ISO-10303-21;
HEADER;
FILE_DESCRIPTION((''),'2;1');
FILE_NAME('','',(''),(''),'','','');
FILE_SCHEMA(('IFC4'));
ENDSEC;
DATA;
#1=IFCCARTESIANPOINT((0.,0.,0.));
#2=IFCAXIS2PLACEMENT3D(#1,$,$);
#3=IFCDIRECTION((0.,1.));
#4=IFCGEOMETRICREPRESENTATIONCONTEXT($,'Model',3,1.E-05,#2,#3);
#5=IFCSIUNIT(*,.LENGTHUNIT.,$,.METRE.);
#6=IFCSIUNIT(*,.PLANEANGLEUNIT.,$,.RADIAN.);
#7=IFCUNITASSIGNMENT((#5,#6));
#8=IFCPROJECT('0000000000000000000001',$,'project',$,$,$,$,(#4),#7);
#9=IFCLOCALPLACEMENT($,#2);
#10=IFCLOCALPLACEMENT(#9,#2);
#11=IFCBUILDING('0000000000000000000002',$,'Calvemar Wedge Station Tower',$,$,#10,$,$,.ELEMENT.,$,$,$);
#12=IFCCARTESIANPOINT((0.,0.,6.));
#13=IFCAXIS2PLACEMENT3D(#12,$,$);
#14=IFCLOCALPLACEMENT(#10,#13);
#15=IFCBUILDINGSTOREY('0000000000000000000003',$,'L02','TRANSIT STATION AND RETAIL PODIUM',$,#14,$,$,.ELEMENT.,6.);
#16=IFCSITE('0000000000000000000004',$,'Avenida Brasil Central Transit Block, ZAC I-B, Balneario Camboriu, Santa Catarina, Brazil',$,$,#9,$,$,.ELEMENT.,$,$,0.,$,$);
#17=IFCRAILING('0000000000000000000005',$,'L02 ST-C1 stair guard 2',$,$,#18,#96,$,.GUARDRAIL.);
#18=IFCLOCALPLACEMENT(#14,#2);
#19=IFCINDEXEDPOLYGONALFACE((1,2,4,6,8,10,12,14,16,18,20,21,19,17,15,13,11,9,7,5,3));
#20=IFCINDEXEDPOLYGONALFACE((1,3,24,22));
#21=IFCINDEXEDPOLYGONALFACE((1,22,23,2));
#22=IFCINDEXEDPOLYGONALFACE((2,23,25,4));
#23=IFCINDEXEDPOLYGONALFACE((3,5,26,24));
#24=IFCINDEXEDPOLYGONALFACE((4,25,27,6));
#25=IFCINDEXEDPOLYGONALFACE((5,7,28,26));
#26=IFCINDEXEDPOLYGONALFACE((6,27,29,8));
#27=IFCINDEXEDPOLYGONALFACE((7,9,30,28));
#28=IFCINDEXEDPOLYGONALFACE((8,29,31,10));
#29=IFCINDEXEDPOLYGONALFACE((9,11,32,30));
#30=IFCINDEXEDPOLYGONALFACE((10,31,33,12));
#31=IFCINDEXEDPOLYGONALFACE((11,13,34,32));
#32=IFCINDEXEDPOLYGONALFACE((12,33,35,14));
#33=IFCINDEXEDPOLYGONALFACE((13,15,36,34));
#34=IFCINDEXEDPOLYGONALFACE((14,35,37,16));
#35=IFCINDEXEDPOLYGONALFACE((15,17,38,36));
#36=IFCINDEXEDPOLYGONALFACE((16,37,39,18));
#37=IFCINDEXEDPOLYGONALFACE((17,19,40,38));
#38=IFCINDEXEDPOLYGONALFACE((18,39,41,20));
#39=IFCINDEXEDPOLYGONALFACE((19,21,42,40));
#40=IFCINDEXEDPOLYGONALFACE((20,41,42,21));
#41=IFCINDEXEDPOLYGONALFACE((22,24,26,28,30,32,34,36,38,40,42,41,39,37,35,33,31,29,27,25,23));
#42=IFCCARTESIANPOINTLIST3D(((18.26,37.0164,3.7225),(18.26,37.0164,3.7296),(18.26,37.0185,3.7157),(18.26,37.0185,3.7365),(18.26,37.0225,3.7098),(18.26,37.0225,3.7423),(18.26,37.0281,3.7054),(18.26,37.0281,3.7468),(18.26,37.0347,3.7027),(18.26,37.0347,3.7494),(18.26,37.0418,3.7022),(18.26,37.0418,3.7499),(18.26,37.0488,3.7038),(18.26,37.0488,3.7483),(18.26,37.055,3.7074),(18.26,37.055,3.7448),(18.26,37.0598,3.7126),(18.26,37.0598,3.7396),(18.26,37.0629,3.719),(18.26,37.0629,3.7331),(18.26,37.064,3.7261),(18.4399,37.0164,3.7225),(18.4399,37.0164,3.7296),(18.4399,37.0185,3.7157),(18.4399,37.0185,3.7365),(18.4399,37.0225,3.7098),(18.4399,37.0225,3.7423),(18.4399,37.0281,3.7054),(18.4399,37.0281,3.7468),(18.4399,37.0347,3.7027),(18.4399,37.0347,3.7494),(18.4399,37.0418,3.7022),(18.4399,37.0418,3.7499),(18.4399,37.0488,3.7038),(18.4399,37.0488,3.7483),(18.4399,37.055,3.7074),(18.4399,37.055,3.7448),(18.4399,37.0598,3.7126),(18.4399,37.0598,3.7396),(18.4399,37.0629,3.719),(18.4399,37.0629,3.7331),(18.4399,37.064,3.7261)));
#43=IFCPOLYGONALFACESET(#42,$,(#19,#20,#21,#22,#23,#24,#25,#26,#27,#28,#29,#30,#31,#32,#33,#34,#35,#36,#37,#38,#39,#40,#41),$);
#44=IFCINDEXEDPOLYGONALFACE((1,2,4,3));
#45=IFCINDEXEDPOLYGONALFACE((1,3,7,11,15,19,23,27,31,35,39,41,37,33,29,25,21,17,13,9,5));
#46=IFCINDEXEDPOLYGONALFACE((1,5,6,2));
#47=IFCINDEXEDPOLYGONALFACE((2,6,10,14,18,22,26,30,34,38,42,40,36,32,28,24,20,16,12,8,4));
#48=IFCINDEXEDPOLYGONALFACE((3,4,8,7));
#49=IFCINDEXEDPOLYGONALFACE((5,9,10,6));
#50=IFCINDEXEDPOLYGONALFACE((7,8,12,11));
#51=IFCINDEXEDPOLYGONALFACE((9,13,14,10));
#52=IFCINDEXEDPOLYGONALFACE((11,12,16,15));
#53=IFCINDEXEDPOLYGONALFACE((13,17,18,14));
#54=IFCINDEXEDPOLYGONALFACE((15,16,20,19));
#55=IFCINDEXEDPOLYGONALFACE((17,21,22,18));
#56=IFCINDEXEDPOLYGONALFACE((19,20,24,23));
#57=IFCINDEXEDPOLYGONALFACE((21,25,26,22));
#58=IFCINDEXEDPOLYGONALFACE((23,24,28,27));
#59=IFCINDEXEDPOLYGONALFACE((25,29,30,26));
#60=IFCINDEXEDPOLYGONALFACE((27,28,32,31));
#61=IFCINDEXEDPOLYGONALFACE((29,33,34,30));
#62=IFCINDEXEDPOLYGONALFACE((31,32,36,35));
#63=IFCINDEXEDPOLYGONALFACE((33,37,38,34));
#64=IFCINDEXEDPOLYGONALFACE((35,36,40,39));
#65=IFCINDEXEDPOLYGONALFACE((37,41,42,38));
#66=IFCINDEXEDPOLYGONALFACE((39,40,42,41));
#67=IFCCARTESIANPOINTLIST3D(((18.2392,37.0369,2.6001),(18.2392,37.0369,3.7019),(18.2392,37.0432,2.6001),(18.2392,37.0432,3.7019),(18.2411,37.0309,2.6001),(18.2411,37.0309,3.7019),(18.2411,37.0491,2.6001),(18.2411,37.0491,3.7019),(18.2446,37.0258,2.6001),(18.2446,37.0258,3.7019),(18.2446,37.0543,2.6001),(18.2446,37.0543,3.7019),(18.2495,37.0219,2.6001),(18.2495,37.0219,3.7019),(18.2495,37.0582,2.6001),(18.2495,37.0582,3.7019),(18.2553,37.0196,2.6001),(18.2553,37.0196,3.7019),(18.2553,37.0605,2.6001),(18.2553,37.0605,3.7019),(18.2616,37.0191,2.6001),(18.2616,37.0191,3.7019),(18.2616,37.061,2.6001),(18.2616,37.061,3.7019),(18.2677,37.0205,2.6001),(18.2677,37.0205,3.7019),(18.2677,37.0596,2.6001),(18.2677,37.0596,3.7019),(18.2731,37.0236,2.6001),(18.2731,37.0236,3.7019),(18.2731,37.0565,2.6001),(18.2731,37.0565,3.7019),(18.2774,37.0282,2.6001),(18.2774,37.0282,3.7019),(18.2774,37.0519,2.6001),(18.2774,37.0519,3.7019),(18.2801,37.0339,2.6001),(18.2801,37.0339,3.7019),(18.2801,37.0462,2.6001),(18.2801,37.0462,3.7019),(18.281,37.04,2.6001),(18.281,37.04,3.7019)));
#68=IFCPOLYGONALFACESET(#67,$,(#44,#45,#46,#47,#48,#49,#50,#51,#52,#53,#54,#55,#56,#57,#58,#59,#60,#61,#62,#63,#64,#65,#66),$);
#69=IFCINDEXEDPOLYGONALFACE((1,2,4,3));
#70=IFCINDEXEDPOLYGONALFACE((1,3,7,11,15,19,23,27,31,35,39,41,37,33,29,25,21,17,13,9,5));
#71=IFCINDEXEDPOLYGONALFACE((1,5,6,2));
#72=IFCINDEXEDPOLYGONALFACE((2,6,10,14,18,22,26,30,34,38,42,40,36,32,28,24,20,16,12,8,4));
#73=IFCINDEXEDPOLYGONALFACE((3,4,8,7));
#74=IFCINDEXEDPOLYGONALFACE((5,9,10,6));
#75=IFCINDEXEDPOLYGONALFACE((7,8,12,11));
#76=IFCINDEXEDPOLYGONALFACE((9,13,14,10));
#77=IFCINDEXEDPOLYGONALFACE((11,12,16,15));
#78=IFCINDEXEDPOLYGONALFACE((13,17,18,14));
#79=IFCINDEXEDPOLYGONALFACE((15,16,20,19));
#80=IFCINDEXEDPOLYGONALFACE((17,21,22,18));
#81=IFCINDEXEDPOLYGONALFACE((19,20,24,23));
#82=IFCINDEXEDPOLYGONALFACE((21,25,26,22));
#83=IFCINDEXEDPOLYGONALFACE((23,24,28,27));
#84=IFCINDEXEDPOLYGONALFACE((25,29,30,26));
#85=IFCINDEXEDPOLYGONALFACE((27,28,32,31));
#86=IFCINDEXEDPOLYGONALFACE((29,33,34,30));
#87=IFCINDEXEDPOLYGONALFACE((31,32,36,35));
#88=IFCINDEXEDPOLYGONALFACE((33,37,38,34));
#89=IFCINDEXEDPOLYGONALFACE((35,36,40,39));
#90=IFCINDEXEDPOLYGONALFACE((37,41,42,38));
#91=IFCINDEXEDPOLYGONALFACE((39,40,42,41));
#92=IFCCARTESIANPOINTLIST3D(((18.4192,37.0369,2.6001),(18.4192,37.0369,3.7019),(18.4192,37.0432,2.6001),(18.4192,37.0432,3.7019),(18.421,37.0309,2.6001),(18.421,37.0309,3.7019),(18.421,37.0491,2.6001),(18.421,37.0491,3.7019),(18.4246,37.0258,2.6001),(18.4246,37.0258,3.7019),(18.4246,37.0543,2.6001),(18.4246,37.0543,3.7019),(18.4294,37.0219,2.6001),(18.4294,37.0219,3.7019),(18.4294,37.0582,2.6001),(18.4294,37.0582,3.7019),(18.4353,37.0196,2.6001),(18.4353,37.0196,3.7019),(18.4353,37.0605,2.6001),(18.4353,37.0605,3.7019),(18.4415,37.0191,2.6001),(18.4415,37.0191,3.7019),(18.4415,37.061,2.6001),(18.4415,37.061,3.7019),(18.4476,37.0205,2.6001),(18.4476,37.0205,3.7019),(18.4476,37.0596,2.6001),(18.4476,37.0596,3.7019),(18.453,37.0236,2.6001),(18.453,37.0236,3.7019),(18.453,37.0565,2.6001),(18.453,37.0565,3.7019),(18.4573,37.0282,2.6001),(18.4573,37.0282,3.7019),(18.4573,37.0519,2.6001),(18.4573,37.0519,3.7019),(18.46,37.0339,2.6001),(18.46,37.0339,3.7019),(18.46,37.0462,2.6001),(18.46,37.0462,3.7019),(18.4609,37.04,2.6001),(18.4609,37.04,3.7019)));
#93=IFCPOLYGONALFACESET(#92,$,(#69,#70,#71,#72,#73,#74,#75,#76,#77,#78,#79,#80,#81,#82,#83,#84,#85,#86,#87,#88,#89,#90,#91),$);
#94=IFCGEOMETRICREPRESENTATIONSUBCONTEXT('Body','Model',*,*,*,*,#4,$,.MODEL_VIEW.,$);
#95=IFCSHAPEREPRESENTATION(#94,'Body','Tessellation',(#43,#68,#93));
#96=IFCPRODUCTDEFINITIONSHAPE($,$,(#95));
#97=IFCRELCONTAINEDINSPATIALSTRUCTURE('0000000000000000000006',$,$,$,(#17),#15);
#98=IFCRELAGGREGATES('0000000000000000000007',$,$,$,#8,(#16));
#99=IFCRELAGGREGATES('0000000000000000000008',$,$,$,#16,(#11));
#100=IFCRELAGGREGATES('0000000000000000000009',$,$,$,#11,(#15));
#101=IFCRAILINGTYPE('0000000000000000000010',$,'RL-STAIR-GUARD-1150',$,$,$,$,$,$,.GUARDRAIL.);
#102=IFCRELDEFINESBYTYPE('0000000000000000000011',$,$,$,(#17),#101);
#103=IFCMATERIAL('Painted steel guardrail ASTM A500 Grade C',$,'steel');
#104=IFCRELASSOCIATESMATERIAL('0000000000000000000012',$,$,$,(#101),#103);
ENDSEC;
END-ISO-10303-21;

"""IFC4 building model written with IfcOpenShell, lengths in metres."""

from ifc_helpers import new_model, si_unit, direction, frame, origin, origin_2d, place, context, subcontext, project, spatial, circle, extrude, material, type_object, element, save


model = new_model("IFC4")

# Units and contexts
model_context = context("Model", 3, precision=1e-05, world=origin(), true_north=direction((0.0, 1.0)))
body_context = subcontext(model_context, "Body", "Model", "MODEL_VIEW")
ifc_project = project(units=[si_unit("LENGTHUNIT", "METRE"), si_unit("PLANEANGLEUNIT", "RADIAN")], contexts=[model_context])

# Site, building, storey
site_placement = place(None, origin())
site = spatial("IfcSite", under=ifc_project, at=site_placement, Name="Avenida Brasil Central Transit Block, ZAC I-B, Balneario Camboriu, Santa Catarina, Brazil", CompositionType="ELEMENT", RefElevation=0.0)
building_placement = place(site_placement, origin())
building = spatial("IfcBuilding", under=site, at=building_placement, Name="Calvemar Wedge Station Tower", CompositionType="ELEMENT")
storey_placement = place(building_placement, frame((0.0, 0.0, 6.0)))
storey = spatial("IfcBuildingStorey", under=building, at=storey_placement, Name="L02", Description="TRANSIT STATION AND RETAIL PODIUM", CompositionType="ELEMENT", Elevation=6.0)

# Railing
ifc_material_1 = material(Name="Painted steel guardrail ASTM A500 Grade C", Category="steel")
railing_type_1 = type_object("IfcRailingType", Name="RL-STAIR-GUARD-1150", PredefinedType="GUARDRAIL", material=ifc_material_1)
railing_1_placement = place(storey_placement, frame((18.26, 37.04, 2.6001)))
element("IfcRailing", 1, at=railing_1_placement, inside=storey, type_object=railing_type_1, Name="L02 ST-C1 stair guard 2", PredefinedType="GUARDRAIL", context=body_context, shape_type="SweptSolid", body=[
    extrude(circle(Radius=0.0239, at=origin_2d()), frame((0.0, 0.0, 1.126), z_axis=(1.0, 0.0, 0.0), x_axis=(0.0, 1.0, 0.0)), (0.0, 0.0, 1.0), 0.1799),
    extrude(circle(Radius=0.021, at=origin_2d()), origin(), (0.0, 0.0, 1.0), 1.1018),
    extrude(circle(Radius=0.021, at=origin_2d()), frame((0.1799, 0.0, 0.0)), (0.0, 0.0, 1.0), 1.1018),
])

save(model, "model.ifc")
